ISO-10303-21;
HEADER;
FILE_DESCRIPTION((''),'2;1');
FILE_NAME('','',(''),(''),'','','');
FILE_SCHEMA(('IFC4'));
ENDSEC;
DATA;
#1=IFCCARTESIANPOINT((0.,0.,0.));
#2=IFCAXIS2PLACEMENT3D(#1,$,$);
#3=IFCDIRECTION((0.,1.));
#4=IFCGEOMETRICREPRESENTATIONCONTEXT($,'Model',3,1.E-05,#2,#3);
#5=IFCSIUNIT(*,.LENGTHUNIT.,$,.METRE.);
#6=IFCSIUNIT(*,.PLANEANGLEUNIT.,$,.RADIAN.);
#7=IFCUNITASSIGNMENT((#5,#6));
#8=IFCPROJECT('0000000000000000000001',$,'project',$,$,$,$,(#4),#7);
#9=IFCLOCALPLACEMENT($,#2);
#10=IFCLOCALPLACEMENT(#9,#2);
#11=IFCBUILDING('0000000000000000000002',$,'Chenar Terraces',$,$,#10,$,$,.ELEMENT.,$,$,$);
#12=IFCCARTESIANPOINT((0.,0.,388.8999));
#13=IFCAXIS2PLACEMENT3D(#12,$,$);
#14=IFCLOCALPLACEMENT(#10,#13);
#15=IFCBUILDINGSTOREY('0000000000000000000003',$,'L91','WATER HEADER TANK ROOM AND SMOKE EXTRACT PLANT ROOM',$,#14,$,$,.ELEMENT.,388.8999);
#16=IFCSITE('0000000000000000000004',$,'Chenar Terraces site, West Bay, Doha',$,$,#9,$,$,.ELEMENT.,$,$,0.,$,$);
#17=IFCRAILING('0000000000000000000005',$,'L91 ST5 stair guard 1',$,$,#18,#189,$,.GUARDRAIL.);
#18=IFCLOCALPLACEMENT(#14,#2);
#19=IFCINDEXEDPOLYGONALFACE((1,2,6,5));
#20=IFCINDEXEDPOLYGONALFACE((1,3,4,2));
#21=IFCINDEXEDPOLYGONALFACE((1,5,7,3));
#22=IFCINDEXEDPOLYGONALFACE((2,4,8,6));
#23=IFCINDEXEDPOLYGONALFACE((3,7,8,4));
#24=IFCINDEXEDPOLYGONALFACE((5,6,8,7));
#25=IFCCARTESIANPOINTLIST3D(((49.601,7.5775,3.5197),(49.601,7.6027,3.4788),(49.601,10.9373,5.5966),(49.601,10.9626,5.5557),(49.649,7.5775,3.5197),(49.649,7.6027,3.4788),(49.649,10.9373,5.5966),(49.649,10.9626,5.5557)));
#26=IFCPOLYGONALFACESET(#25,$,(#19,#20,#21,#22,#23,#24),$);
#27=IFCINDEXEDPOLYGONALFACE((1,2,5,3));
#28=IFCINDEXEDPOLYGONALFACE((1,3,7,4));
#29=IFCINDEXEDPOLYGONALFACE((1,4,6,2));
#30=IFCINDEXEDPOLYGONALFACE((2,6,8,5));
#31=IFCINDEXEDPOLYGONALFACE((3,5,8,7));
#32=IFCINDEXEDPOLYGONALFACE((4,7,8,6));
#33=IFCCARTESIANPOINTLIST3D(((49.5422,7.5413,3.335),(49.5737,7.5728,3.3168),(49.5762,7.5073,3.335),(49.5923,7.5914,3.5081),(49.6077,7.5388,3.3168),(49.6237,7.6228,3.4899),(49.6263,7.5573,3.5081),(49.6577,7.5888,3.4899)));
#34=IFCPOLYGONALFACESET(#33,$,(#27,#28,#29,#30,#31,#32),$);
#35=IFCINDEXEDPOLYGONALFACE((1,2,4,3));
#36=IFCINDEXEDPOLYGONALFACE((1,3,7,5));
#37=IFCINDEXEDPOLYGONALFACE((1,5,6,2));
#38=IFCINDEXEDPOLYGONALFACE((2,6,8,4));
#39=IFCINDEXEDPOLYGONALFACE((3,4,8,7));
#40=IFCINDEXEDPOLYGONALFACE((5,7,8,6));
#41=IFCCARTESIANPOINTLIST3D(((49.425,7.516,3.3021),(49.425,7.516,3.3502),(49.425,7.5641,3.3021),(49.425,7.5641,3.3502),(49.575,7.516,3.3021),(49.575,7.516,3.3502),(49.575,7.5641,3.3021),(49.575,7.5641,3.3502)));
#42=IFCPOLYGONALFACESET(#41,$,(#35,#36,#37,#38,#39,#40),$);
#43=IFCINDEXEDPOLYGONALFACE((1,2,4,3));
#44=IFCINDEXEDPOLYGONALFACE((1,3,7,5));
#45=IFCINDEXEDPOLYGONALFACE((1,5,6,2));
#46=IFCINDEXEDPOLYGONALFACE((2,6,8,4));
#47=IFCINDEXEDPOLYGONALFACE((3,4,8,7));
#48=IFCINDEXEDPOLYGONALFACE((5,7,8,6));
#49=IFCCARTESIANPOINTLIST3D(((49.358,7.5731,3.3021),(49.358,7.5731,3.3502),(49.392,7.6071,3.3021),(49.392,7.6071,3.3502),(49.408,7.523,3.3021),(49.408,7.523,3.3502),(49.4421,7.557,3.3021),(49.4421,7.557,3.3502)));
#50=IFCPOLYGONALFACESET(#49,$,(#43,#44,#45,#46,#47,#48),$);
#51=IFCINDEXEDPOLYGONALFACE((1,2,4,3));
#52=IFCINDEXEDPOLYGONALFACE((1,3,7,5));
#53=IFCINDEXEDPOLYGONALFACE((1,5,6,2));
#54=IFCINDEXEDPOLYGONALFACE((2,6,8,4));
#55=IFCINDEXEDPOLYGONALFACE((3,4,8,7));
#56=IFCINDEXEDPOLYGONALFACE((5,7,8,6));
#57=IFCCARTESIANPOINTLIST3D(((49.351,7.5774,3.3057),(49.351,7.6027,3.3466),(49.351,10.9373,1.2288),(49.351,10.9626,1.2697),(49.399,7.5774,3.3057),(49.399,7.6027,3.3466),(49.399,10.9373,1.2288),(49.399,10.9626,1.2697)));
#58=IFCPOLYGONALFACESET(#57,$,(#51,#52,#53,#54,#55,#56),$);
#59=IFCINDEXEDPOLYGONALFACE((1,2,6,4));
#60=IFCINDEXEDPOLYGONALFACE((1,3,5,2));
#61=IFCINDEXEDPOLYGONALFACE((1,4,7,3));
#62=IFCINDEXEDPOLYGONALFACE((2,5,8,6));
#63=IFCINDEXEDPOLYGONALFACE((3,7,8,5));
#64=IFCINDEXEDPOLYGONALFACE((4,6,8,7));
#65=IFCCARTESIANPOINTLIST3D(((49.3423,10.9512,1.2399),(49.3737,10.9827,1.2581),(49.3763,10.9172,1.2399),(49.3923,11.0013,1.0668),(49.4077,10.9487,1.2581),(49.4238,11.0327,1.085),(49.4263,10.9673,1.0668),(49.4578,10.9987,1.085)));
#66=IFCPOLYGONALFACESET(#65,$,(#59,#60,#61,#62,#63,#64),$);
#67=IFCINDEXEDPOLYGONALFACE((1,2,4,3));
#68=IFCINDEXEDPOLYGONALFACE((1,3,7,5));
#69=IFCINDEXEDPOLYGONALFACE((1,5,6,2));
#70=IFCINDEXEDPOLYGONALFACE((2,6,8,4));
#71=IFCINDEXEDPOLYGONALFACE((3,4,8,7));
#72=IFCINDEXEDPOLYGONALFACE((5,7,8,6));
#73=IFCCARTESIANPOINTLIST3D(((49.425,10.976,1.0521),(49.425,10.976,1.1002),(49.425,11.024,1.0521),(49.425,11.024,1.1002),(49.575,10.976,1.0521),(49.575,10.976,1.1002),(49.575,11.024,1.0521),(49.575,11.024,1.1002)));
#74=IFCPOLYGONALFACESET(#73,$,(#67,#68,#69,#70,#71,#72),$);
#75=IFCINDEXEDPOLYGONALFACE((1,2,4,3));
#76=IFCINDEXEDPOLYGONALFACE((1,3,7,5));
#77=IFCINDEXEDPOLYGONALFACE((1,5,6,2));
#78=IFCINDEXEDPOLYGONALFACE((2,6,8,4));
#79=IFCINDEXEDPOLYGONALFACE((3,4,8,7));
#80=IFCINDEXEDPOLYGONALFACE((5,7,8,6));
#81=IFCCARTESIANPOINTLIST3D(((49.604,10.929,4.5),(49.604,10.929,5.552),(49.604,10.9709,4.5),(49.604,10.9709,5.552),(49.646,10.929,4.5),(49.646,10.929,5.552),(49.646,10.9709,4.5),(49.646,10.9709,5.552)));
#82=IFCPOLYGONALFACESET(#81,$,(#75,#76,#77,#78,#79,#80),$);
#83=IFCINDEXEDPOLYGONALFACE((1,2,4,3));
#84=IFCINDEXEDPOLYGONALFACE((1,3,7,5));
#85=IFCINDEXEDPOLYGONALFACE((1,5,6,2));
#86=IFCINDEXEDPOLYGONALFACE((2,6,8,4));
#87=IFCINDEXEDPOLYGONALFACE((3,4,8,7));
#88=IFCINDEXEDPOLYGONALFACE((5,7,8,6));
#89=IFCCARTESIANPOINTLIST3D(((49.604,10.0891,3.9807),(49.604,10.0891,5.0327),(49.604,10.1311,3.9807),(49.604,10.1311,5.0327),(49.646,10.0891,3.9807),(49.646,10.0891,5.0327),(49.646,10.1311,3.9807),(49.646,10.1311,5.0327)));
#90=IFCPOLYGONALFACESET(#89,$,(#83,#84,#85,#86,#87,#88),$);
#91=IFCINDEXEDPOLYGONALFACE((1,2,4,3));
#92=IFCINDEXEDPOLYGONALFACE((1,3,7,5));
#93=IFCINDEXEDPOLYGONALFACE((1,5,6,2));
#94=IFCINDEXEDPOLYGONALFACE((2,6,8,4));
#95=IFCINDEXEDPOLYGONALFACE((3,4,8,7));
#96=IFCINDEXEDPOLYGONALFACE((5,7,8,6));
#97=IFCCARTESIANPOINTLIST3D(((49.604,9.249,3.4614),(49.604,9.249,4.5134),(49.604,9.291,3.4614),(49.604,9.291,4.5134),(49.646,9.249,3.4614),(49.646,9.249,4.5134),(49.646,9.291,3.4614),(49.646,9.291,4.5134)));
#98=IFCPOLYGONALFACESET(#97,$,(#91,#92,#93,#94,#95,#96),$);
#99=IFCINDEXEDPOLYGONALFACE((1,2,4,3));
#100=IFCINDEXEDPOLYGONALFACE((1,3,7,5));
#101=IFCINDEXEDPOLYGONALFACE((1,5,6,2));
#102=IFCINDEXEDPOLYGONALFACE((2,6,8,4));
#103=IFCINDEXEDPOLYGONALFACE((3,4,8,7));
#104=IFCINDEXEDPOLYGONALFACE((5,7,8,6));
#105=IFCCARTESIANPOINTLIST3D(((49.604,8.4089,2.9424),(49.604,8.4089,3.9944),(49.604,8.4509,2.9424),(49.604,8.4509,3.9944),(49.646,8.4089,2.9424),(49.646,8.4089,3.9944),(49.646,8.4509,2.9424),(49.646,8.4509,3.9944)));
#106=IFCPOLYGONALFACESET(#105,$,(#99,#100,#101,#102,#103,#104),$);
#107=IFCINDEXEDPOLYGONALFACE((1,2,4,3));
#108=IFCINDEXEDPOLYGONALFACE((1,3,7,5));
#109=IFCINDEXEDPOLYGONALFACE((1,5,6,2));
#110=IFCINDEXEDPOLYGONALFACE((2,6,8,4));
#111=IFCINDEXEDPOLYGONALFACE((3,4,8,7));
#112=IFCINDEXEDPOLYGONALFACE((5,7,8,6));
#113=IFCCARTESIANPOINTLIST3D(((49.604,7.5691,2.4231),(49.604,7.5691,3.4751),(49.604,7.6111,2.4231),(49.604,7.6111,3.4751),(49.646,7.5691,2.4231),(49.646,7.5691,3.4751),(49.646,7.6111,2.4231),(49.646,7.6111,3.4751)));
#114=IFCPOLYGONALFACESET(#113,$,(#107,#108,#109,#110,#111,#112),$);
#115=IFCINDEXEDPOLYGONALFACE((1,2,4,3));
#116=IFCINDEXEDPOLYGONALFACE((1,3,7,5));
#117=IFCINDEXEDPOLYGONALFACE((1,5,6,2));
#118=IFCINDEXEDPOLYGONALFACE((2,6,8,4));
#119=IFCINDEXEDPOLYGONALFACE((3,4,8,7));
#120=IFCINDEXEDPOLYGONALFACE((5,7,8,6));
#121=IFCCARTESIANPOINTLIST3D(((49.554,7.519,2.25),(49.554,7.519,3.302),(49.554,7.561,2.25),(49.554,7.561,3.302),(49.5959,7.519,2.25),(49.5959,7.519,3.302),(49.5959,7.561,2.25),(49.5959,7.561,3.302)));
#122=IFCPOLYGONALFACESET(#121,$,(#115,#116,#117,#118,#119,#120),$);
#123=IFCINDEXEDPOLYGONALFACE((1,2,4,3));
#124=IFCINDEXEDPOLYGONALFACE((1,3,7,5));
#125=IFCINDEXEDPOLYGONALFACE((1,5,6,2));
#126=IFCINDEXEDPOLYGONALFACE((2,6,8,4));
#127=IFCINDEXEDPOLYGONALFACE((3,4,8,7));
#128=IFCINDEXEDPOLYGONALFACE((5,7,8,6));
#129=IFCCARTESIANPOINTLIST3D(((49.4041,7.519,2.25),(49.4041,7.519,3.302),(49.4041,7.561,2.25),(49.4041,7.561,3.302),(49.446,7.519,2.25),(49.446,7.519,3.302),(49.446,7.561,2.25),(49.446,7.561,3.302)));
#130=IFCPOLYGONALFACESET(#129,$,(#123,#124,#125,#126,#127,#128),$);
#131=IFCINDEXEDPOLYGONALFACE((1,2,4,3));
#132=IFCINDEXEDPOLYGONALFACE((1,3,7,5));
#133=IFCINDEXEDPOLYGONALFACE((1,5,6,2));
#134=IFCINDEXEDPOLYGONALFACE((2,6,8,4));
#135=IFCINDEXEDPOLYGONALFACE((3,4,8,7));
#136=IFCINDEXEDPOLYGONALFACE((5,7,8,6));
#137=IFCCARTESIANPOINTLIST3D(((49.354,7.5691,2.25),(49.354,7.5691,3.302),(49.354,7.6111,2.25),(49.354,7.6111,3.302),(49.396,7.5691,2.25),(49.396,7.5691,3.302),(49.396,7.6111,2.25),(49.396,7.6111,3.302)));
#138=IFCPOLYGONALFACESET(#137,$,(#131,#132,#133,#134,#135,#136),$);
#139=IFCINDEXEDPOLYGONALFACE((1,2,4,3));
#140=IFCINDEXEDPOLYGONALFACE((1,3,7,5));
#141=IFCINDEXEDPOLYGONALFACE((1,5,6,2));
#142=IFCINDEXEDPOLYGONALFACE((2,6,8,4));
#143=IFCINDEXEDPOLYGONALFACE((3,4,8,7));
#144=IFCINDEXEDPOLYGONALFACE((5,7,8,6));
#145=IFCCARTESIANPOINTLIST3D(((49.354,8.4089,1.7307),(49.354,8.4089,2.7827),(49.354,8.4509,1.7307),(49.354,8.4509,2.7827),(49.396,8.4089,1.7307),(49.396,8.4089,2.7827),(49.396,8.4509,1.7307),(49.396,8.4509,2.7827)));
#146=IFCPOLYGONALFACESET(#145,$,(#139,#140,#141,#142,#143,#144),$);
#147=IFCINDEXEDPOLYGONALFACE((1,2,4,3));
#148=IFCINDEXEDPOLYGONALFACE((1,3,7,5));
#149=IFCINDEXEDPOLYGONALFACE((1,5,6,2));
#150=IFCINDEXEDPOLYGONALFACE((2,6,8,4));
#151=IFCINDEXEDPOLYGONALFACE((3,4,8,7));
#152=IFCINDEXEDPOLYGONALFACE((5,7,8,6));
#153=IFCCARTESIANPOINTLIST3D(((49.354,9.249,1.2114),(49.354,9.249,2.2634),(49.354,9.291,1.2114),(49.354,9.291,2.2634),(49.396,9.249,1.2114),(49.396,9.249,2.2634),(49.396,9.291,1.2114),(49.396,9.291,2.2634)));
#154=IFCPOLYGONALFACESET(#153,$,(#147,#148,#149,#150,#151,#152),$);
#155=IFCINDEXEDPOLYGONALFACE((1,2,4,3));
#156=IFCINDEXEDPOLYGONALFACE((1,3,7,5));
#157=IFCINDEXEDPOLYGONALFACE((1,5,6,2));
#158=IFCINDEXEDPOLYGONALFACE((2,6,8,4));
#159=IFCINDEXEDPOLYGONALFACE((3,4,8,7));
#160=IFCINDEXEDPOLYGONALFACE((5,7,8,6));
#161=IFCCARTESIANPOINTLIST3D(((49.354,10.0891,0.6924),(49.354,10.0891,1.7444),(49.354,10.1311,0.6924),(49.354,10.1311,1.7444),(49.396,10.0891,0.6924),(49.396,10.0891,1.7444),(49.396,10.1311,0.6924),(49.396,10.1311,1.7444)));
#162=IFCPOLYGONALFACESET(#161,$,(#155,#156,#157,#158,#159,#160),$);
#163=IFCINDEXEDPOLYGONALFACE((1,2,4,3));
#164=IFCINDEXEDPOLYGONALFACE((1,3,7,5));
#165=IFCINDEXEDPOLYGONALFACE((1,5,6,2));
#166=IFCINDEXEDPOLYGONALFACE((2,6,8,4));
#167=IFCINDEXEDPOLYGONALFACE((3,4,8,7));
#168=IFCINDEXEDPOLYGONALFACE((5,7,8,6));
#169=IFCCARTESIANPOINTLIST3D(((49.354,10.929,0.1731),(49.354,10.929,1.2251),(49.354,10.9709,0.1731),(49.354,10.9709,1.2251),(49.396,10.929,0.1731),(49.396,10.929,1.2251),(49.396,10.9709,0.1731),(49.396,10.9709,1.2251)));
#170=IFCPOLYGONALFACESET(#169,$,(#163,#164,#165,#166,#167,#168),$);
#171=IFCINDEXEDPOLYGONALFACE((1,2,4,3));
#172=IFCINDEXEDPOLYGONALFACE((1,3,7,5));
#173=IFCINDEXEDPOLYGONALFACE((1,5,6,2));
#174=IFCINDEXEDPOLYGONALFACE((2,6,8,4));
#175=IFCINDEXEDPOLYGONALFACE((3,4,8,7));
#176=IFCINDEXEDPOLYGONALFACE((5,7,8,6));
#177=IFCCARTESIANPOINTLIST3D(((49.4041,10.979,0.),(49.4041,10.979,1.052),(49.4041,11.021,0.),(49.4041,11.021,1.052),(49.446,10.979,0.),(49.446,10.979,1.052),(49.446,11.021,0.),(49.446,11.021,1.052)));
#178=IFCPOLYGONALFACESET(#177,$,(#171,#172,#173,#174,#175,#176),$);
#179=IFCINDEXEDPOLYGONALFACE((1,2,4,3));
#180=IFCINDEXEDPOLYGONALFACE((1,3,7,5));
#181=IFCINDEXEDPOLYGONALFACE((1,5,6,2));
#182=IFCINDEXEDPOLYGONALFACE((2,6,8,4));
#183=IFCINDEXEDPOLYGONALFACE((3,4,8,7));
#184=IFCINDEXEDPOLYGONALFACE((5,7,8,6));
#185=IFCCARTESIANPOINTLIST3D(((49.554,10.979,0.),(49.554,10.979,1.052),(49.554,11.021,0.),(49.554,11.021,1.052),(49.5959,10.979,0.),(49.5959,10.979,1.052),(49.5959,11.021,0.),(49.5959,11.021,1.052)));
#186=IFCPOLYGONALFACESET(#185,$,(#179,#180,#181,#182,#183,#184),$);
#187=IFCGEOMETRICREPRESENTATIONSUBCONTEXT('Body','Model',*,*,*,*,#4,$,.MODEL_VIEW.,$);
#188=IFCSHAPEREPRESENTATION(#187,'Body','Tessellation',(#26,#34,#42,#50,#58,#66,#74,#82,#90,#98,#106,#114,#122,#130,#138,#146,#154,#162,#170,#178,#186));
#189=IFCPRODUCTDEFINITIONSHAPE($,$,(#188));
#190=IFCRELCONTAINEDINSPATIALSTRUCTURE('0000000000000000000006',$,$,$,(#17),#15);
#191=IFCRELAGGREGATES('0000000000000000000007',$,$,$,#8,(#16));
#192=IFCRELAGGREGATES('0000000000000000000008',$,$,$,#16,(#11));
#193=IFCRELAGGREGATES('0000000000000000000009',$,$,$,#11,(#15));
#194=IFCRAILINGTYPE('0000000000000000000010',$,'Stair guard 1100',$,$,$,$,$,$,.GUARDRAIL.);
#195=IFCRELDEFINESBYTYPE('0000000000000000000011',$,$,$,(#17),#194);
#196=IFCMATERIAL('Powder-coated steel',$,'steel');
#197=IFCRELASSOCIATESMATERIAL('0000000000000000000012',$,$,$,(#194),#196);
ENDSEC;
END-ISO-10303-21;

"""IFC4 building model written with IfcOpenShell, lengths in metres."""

from ifc_helpers import new_model, si_unit, direction, frame, origin, origin_2d, place, context, subcontext, project, spatial, rectangle, extrude, material, type_object, element, save


model = new_model("IFC4")

# Units and contexts
model_context = context("Model", 3, precision=1e-05, world=origin(), true_north=direction((0.0, 1.0)))
body_context = subcontext(model_context, "Body", "Model", "MODEL_VIEW")
ifc_project = project(units=[si_unit("LENGTHUNIT", "METRE"), si_unit("PLANEANGLEUNIT", "RADIAN")], contexts=[model_context])

# Site, building, storey
site_placement = place(None, origin())
site = spatial("IfcSite", under=ifc_project, at=site_placement, Name="Chenar Terraces site, West Bay, Doha", CompositionType="ELEMENT", RefElevation=0.0)
building_placement = place(site_placement, origin())
building = spatial("IfcBuilding", under=site, at=building_placement, Name="Chenar Terraces", CompositionType="ELEMENT")
storey_placement = place(building_placement, frame((0.0, 0.0, 388.8999)))
storey = spatial("IfcBuildingStorey", under=building, at=storey_placement, Name="L91", Description="WATER HEADER TANK ROOM AND SMOKE EXTRACT PLANT ROOM", CompositionType="ELEMENT", Elevation=388.8999)

# Railing
ifc_material_1 = material(Name="Powder-coated steel", Category="steel")
railing_type_1 = type_object("IfcRailingType", Name="Stair guard 1100", PredefinedType="GUARDRAIL", material=ifc_material_1)
railing_1_placement = place(storey_placement, frame((49.625, 10.95, 4.5)))
element("IfcRailing", 1, at=railing_1_placement, inside=storey, type_object=railing_type_1, Name="L91 ST5 stair guard 1", PredefinedType="GUARDRAIL", context=body_context, shape_type="SweptSolid", body=[
    extrude(rectangle(XDim=0.0481, YDim=0.0481, at=origin_2d()), frame((0.0, 0.0, 1.0762), z_axis=(0.0, -0.850606, -0.525803), x_axis=(1.0, 0.0, 0.0)), (0.0, 0.0, 1.0), 3.95),
    extrude(rectangle(XDim=0.0481, YDim=0.0481, at=origin_2d()), frame((0.0, -3.3599, -1.001), z_axis=(-0.26763, -0.26763, -0.925607), x_axis=(0.707107, -0.707107, 0.0)), (0.0, 0.0, 1.0), 0.187),
    extrude(rectangle(XDim=0.0481, YDim=0.0481, at=origin_2d()), frame((-0.05, -3.4099, -1.1738), z_axis=(-1.0, 0.0, 0.0), x_axis=(0.0, -1.0, 0.0)), (0.0, 0.0, 1.0), 0.1499),
    extrude(rectangle(XDim=0.0481, YDim=0.0481, at=origin_2d()), frame((-0.2, -3.4099, -1.1738), z_axis=(-0.707107, 0.707107, 0.0), x_axis=(-0.707107, -0.707107, 0.0)), (0.0, 0.0, 1.0), 0.0708),
    extrude(rectangle(XDim=0.0481, YDim=0.0481, at=origin_2d()), frame((-0.25, -3.3599, -1.1738), z_axis=(0.0, 0.850606, -0.525803), x_axis=(-1.0, 0.0, 0.0)), (0.0, 0.0, 1.0), 3.95),
    extrude(rectangle(XDim=0.0481, YDim=0.0481, at=origin_2d()), frame((-0.25, 0.0, -3.251), z_axis=(0.26763, 0.26763, -0.925607), x_axis=(-0.707107, 0.707107, 0.0)), (0.0, 0.0, 1.0), 0.187),
    extrude(rectangle(XDim=0.0481, YDim=0.0481, at=origin_2d()), frame((-0.2, 0.05, -3.4238), z_axis=(1.0, 0.0, 0.0), x_axis=(0.0, 1.0, 0.0)), (0.0, 0.0, 1.0), 0.1499),
    extrude(rectangle(XDim=0.042, YDim=0.042, at=origin_2d()), origin(), (0.0, 0.0, 1.0), 1.052),
    extrude(rectangle(XDim=0.042, YDim=0.042, at=origin_2d()), frame((0.0, -0.8398, -0.5193)), (0.0, 0.0, 1.0), 1.052),
    extrude(rectangle(XDim=0.042, YDim=0.042, at=origin_2d()), frame((0.0, -1.6799, -1.0386)), (0.0, 0.0, 1.0), 1.052),
    extrude(rectangle(XDim=0.042, YDim=0.042, at=origin_2d()), frame((0.0, -2.52, -1.5576)), (0.0, 0.0, 1.0), 1.052),
    extrude(rectangle(XDim=0.042, YDim=0.042, at=origin_2d()), frame((0.0, -3.3599, -2.0769)), (0.0, 0.0, 1.0), 1.052),
    extrude(rectangle(XDim=0.042, YDim=0.042, at=origin_2d()), frame((-0.05, -3.4099, -2.25)), (0.0, 0.0, 1.0), 1.052),
    extrude(rectangle(XDim=0.042, YDim=0.042, at=origin_2d()), frame((-0.2, -3.4099, -2.25)), (0.0, 0.0, 1.0), 1.052),
    extrude(rectangle(XDim=0.042, YDim=0.042, at=origin_2d()), frame((-0.25, -3.3599, -2.25)), (0.0, 0.0, 1.0), 1.052),
    extrude(rectangle(XDim=0.042, YDim=0.042, at=origin_2d()), frame((-0.25, -2.52, -2.7693)), (0.0, 0.0, 1.0), 1.052),
    extrude(rectangle(XDim=0.042, YDim=0.042, at=origin_2d()), frame((-0.25, -1.6799, -3.2886)), (0.0, 0.0, 1.0), 1.052),
    extrude(rectangle(XDim=0.042, YDim=0.042, at=origin_2d()), frame((-0.25, -0.8398, -3.8076)), (0.0, 0.0, 1.0), 1.052),
    extrude(rectangle(XDim=0.042, YDim=0.042, at=origin_2d()), frame((-0.25, 0.0, -4.3269)), (0.0, 0.0, 1.0), 1.052),
    extrude(rectangle(XDim=0.042, YDim=0.042, at=origin_2d()), frame((-0.2, 0.05, -4.5)), (0.0, 0.0, 1.0), 1.052),
    extrude(rectangle(XDim=0.042, YDim=0.042, at=origin_2d()), frame((-0.05, 0.05, -4.5)), (0.0, 0.0, 1.0), 1.052),
])

save(model, "model.ifc")
